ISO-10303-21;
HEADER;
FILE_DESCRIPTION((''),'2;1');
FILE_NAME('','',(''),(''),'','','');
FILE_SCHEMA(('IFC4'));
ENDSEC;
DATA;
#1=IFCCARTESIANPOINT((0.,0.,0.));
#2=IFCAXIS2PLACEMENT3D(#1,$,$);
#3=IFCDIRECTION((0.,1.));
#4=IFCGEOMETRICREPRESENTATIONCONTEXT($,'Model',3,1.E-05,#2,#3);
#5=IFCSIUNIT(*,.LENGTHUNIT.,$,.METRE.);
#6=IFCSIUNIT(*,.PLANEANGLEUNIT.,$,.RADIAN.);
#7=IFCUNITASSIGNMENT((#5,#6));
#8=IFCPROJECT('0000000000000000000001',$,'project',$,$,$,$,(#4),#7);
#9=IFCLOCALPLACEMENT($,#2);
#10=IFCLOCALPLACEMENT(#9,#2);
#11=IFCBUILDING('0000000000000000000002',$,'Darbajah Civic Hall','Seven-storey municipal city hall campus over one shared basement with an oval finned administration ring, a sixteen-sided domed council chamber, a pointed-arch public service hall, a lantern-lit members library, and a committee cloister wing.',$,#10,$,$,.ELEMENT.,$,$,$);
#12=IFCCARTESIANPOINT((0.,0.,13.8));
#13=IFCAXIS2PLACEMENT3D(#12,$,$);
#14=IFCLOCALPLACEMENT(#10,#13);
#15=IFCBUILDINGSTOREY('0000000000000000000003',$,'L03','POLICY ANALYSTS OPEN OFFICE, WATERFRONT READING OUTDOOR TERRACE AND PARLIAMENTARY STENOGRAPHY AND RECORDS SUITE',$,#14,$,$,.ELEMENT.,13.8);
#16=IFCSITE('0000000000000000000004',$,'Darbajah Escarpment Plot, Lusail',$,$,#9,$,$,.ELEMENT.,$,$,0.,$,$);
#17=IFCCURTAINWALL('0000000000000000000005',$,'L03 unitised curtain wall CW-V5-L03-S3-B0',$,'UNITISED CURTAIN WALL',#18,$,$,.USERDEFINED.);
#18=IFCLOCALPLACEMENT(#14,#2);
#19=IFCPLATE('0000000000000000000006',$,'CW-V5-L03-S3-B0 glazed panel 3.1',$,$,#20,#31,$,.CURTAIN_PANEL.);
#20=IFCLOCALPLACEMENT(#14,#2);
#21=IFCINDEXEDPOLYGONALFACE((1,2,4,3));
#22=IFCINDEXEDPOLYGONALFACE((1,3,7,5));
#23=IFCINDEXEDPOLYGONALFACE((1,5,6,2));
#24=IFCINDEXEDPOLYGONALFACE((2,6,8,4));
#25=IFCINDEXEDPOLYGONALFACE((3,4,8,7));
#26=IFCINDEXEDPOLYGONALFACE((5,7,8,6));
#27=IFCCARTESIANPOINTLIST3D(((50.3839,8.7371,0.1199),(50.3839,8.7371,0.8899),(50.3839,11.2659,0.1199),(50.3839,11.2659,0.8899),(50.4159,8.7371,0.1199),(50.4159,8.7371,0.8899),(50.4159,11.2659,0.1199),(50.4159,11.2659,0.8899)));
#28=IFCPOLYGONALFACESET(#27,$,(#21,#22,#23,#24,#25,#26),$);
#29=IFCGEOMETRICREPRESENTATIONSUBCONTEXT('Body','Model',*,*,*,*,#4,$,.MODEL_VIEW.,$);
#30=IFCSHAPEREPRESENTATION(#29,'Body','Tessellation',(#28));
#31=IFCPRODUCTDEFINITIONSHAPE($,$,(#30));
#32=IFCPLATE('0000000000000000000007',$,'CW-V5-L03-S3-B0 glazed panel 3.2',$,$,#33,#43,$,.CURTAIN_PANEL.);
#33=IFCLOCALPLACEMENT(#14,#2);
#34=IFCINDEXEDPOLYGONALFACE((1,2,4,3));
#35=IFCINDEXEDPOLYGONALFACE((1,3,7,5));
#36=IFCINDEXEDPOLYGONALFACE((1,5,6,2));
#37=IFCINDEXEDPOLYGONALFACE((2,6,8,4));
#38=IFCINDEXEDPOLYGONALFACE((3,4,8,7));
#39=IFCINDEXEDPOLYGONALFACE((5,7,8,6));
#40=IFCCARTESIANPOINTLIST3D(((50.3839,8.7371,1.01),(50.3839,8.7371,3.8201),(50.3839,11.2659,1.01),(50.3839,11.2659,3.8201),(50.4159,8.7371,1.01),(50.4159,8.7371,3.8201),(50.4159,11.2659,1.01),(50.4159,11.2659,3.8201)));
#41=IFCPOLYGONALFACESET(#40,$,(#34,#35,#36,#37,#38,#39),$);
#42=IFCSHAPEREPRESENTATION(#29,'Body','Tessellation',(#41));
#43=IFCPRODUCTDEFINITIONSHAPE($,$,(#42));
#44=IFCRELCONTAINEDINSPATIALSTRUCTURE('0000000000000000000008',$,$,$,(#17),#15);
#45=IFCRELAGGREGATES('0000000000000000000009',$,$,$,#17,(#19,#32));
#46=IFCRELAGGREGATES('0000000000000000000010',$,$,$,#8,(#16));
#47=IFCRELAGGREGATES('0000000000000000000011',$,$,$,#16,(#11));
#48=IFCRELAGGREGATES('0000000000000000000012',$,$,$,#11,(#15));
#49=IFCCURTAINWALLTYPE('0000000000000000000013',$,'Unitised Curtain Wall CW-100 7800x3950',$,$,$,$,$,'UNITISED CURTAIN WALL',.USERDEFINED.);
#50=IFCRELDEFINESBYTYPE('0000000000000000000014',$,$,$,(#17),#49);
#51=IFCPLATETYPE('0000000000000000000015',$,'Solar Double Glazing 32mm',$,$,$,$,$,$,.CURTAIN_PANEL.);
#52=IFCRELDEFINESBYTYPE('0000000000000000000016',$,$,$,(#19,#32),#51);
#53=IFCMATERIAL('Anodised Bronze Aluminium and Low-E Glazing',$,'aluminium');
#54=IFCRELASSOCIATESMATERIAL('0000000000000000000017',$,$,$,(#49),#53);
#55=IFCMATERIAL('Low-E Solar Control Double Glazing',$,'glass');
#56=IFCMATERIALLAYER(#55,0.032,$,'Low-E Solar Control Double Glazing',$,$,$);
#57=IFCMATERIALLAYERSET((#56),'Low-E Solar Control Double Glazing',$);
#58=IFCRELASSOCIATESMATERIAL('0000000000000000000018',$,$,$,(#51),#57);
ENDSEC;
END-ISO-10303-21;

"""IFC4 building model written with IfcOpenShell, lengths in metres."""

from ifc_helpers import new_model, si_unit, direction, frame, origin, origin_2d, place, context, subcontext, project, spatial, rectangle, extrude, material, layer, layer_set, type_object, element, aggregate, save


model = new_model("IFC4")

# Units and contexts
model_context = context("Model", 3, precision=1e-05, world=origin(), true_north=direction((0.0, 1.0)))
body_context = subcontext(model_context, "Body", "Model", "MODEL_VIEW")
ifc_project = project(units=[si_unit("LENGTHUNIT", "METRE"), si_unit("PLANEANGLEUNIT", "RADIAN")], contexts=[model_context])

# Site, building, storey
site_placement = place(None, origin())
site = spatial("IfcSite", under=ifc_project, at=site_placement, Name="Darbajah Escarpment Plot, Lusail", CompositionType="ELEMENT", RefElevation=0.0)
building_placement = place(site_placement, origin())
building = spatial("IfcBuilding", under=site, at=building_placement, Name="Darbajah Civic Hall", Description="Seven-storey municipal city hall campus over one shared basement with an oval finned administration ring, a sixteen-sided domed council chamber, a pointed-arch public service hall, a lantern-lit members library, and a committee cloister wing.", CompositionType="ELEMENT")
storey_placement = place(building_placement, frame((0.0, 0.0, 13.8)))
storey = spatial("IfcBuildingStorey", under=building, at=storey_placement, Name="L03", Description="POLICY ANALYSTS OPEN OFFICE, WATERFRONT READING OUTDOOR TERRACE AND PARLIAMENTARY STENOGRAPHY AND RECORDS SUITE", CompositionType="ELEMENT", Elevation=13.8)

# Curtain wall
ifc_material_1 = material(Name="Anodised Bronze Aluminium and Low-E Glazing", Category="aluminium")
curtain_wall_type = type_object("IfcCurtainWallType", Name="Unitised Curtain Wall CW-100 7800x3950", ElementType="UNITISED CURTAIN WALL", PredefinedType="USERDEFINED", material=ifc_material_1)
curtain_wall_placement = place(storey_placement, origin())
curtain_wall = element("IfcCurtainWall", 1, at=curtain_wall_placement, inside=storey, type_object=curtain_wall_type, Name="L03 unitised curtain wall CW-V5-L03-S3-B0", ObjectType="UNITISED CURTAIN WALL", PredefinedType="USERDEFINED")

# Plates
ifc_material_2 = material(Name="Low-E Solar Control Double Glazing", Category="glass")
ifc_layer = layer(ifc_material_2, 0.032, Name="Low-E Solar Control Double Glazing")
ifc_layer_set = layer_set([ifc_layer], Name="Low-E Solar Control Double Glazing")
plate_type = type_object("IfcPlateType", Name="Solar Double Glazing 32mm", PredefinedType="CURTAIN_PANEL", material=ifc_layer_set)
plate_1_placement = place(storey_placement, frame((50.3999, 10.0015, 0.1199), z_axis=(0.0, 0.0, 1.0), x_axis=(0.0, -1.0, 0.0)))
plate_1 = element("IfcPlate", 2, at=plate_1_placement, type_object=plate_type, Name="CW-V5-L03-S3-B0 glazed panel 3.1", PredefinedType="CURTAIN_PANEL", context=body_context, shape_type="SweptSolid", body=[
    extrude(rectangle(XDim=2.5288, YDim=0.032, at=origin_2d()), origin(), (0.0, 0.0, 1.0), 0.77),
])
plate_2_placement = place(storey_placement, frame((50.3999, 10.0015, 1.01), z_axis=(0.0, 0.0, 1.0), x_axis=(0.0, -1.0, 0.0)))
plate_2 = element("IfcPlate", 3, at=plate_2_placement, type_object=plate_type, Name="CW-V5-L03-S3-B0 glazed panel 3.2", PredefinedType="CURTAIN_PANEL", context=body_context, shape_type="SweptSolid", body=[
    extrude(rectangle(XDim=2.5288, YDim=0.032, at=origin_2d()), origin(), (0.0, 0.0, 1.0), 2.8101),
])
aggregate(curtain_wall, [plate_1, plate_2])

save(model, "model.ifc")
